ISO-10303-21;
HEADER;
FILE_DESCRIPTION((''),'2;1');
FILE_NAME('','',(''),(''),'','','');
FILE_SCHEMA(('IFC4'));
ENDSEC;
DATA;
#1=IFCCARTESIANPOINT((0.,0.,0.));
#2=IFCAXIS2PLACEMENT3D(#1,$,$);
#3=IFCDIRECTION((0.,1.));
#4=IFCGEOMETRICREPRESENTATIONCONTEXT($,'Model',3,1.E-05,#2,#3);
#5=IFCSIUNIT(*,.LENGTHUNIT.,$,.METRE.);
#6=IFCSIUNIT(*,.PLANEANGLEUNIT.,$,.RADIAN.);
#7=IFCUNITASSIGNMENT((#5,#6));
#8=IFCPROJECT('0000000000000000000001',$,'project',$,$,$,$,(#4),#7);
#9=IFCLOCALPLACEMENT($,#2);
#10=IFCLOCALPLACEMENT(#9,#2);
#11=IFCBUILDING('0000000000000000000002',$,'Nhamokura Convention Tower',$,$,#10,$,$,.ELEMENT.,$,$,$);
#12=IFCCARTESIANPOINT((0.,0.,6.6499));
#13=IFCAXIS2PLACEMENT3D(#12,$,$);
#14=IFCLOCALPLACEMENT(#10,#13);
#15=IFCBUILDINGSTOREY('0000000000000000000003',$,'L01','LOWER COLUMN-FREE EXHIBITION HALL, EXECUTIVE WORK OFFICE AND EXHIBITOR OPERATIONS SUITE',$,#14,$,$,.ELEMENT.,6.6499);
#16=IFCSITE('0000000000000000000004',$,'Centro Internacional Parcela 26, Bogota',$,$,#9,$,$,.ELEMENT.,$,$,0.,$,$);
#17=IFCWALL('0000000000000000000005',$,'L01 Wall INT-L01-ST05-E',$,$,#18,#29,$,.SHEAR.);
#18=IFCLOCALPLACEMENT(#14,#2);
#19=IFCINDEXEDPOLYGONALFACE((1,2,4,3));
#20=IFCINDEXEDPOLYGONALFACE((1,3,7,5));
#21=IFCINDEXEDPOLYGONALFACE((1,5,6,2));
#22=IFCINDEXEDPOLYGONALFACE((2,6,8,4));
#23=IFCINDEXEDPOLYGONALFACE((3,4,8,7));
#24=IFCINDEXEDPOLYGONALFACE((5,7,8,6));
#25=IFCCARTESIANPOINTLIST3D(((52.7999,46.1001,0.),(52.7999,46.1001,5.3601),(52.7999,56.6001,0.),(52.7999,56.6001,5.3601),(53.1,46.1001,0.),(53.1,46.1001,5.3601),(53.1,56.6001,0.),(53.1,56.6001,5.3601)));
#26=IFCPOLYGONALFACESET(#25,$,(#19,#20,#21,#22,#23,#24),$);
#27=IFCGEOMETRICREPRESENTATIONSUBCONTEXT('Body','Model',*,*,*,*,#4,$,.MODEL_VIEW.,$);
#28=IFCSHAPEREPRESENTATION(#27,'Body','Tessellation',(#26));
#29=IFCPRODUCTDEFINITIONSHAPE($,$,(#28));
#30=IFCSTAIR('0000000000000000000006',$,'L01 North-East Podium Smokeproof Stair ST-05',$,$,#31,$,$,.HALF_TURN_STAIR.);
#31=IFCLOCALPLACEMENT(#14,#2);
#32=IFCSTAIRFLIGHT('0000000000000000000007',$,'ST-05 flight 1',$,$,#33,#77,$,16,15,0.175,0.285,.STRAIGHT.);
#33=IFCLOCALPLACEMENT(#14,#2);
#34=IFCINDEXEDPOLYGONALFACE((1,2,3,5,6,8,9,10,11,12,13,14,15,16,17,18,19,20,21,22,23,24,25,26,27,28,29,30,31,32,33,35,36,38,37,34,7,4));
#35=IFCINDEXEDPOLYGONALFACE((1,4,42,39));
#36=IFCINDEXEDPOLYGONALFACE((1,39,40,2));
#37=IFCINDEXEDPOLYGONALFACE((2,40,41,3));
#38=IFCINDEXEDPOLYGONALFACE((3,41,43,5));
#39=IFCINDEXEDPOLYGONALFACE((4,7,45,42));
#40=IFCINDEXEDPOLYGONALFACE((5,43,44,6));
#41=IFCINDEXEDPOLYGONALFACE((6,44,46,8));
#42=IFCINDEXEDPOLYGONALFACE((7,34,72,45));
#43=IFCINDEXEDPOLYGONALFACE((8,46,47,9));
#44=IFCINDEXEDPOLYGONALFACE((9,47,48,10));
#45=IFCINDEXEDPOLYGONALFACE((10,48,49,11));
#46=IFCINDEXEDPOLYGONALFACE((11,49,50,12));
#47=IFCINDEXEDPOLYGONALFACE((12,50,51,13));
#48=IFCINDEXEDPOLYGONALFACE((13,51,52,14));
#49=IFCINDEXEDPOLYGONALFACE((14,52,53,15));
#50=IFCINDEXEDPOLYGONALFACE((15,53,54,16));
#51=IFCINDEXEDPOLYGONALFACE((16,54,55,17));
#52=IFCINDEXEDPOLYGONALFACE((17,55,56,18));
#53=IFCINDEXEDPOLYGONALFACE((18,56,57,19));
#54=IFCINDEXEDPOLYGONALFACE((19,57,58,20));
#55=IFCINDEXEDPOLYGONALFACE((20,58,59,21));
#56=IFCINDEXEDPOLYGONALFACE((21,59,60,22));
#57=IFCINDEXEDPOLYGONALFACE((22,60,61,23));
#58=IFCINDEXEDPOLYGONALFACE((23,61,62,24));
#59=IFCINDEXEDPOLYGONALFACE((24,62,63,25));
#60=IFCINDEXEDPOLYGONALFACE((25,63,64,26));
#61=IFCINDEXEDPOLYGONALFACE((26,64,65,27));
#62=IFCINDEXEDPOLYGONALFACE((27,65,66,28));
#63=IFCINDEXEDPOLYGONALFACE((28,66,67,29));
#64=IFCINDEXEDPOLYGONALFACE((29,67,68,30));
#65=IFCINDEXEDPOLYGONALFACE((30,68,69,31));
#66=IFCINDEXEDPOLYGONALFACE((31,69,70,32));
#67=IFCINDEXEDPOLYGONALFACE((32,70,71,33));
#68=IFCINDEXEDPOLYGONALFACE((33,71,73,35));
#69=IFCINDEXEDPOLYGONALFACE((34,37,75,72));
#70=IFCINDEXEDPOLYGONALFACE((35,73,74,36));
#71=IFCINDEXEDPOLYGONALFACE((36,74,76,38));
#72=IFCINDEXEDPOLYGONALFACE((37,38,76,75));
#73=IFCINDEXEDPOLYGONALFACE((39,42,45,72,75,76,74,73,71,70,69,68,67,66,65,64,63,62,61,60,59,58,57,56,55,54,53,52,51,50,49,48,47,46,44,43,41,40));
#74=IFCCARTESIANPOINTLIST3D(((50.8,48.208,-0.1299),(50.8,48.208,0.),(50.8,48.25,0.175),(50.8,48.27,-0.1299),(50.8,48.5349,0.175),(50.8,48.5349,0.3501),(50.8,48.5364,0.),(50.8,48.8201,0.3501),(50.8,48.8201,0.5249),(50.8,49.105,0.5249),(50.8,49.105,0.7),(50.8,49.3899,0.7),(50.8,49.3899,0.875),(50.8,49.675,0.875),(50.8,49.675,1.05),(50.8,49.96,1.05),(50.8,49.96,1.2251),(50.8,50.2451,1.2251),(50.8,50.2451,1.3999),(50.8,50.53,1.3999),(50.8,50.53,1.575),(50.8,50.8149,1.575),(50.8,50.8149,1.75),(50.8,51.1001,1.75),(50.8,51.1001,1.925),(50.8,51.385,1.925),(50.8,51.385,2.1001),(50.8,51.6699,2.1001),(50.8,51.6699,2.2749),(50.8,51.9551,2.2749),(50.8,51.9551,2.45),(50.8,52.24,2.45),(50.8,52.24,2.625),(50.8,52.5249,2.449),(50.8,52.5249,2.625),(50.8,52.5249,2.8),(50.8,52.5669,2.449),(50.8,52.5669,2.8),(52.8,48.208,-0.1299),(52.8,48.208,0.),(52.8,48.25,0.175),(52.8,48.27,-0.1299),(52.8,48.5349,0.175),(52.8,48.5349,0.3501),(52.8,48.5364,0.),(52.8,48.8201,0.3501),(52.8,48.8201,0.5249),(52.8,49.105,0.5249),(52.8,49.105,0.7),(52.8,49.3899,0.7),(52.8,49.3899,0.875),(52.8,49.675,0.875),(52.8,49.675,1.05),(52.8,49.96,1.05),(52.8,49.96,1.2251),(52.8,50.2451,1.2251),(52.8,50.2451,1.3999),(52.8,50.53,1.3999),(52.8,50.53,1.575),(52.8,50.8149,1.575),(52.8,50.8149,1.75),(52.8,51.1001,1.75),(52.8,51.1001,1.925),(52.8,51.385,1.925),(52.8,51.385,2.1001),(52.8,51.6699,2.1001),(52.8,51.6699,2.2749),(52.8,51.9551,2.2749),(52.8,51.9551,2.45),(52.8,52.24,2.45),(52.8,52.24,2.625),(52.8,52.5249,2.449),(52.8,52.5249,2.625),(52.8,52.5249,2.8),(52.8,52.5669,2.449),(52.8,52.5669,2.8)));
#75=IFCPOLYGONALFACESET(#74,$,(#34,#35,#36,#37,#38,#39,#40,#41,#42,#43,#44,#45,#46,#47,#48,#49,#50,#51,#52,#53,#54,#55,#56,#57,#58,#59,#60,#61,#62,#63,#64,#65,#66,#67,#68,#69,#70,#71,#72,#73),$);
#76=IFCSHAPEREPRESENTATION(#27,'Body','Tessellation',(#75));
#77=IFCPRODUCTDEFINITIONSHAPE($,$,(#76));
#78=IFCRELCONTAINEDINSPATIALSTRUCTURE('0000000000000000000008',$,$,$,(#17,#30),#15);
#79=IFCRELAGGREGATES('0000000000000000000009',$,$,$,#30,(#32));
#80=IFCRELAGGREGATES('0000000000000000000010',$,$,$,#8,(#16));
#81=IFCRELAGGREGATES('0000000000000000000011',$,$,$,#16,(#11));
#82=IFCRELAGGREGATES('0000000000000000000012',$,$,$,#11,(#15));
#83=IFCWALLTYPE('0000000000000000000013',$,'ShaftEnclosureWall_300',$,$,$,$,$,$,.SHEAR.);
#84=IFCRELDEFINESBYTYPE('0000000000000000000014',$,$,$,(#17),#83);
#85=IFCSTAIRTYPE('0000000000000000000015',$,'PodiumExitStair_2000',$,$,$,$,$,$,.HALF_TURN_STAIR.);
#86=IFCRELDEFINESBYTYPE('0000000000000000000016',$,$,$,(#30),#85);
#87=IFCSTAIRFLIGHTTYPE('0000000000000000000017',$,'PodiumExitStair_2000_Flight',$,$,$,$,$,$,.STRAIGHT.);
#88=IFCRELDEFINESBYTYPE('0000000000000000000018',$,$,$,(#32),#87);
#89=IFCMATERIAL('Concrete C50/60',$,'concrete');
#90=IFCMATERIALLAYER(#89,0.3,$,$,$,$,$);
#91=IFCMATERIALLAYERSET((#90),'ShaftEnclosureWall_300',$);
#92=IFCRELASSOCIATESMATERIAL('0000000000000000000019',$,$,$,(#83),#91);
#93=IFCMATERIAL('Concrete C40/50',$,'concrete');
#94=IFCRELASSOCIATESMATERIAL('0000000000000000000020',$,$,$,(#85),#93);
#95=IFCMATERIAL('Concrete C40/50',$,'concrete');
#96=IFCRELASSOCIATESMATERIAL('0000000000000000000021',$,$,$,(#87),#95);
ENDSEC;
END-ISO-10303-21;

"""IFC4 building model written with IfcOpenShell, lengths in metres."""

from ifc_helpers import new_model, si_unit, direction, frame, frame_2d, origin, place, context, subcontext, project, spatial, polyline, rectangle, outline, extrude, material, layer, layer_set, type_object, element, aggregate, save


model = new_model("IFC4")

# Units and contexts
model_context = context("Model", 3, precision=1e-05, world=origin(), true_north=direction((0.0, 1.0)))
body_context = subcontext(model_context, "Body", "Model", "MODEL_VIEW")
ifc_project = project(units=[si_unit("LENGTHUNIT", "METRE"), si_unit("PLANEANGLEUNIT", "RADIAN")], contexts=[model_context])

# Site, building, storey
site_placement = place(None, origin())
site = spatial("IfcSite", under=ifc_project, at=site_placement, Name="Centro Internacional Parcela 26, Bogota", CompositionType="ELEMENT", RefElevation=0.0)
building_placement = place(site_placement, origin())
building = spatial("IfcBuilding", under=site, at=building_placement, Name="Nhamokura Convention Tower", CompositionType="ELEMENT")
storey_placement = place(building_placement, frame((0.0, 0.0, 6.6499)))
storey = spatial("IfcBuildingStorey", under=building, at=storey_placement, Name="L01", Description="LOWER COLUMN-FREE EXHIBITION HALL, EXECUTIVE WORK OFFICE AND EXHIBITOR OPERATIONS SUITE", CompositionType="ELEMENT", Elevation=6.6499)

# Shared definitions
ifc_material_1 = material(Name="Concrete C50/60", Category="concrete")
ifc_layer_1 = layer(ifc_material_1, 0.3)
ifc_layer_set_1 = layer_set([ifc_layer_1], Name="ShaftEnclosureWall_300")
wall_type_1 = type_object("IfcWallType", Name="ShaftEnclosureWall_300", PredefinedType="SHEAR", material=ifc_layer_set_1)

# Wall
wall_1_placement = place(storey_placement, frame((52.95, 46.1001, 0.0), z_axis=(0.0, 0.0, 1.0), x_axis=(0.0, 1.0, 0.0)))
element("IfcWall", 1, at=wall_1_placement, inside=storey, type_object=wall_type_1, Name="L01 Wall INT-L01-ST05-E", PredefinedType="SHEAR", context=body_context, shape_type="SweptSolid", body=[
    extrude(rectangle(XDim=10.5, YDim=0.3, at=frame_2d((5.25, 0.0))), origin(), (0.0, 0.0, 1.0), 5.3601),
])

# Stair, stair flight
ifc_material_2 = material(Name="Concrete C40/50", Category="concrete")
stair_type = type_object("IfcStairType", Name="PodiumExitStair_2000", PredefinedType="HALF_TURN_STAIR", material=ifc_material_2)
stair_placement = place(storey_placement, origin())
stair = element("IfcStair", 2, at=stair_placement, inside=storey, type_object=stair_type, Name="L01 North-East Podium Smokeproof Stair ST-05", PredefinedType="HALF_TURN_STAIR")
ifc_material_3 = material(Name="Concrete C40/50", Category="concrete")
stair_flight_type = type_object("IfcStairFlightType", Name="PodiumExitStair_2000_Flight", PredefinedType="STRAIGHT", material=ifc_material_3)
stair_flight_placement = place(storey_placement, frame((51.8, 48.25, 0.0), z_axis=(0.0, 0.0, 1.0), x_axis=(0.0, 1.0, 0.0)))
stair_flight = element("IfcStairFlight", 3, at=stair_flight_placement, type_object=stair_flight_type, Name="ST-05 flight 1", NumberOfRisers=16, NumberOfTreads=15, PredefinedType="STRAIGHT", RiserHeight=0.175, TreadLength=0.285, context=body_context, shape_type="SweptSolid", body=[
    extrude(outline(polyline([(-0.042, 0.0), (0.0, 0.175), (0.2849, 0.175), (0.2849, 0.3501), (0.5701, 0.3501), (0.5701, 0.5249), (0.855, 0.5249), (0.855, 0.7), (1.1399, 0.7), (1.1399, 0.875), (1.425, 0.875), (1.425, 1.05), (1.71, 1.05), (1.71, 1.2251), (1.9951, 1.2251), (1.9951, 1.3999), (2.28, 1.3999), (2.28, 1.575), (2.5649, 1.575), (2.5649, 1.75), (2.8501, 1.75), (2.8501, 1.925), (3.135, 1.925), (3.135, 2.1001), (3.4199, 2.1001), (3.4199, 2.2749), (3.7051, 2.2749), (3.7051, 2.45), (3.99, 2.45), (3.99, 2.625), (4.2749, 2.625), (4.2749, 2.8), (4.3169, 2.8), (4.3169, 2.449), (4.2749, 2.449), (0.2864, 0.0), (0.02, -0.1299), (-0.042, -0.1299), (-0.042, 0.0)])), frame((0.0, 1.0, 0.0), z_axis=(0.0, -1.0, 0.0), x_axis=(1.0, 0.0, 0.0)), (0.0, 0.0, 1.0), 2.0),
])
aggregate(stair, [stair_flight])

save(model, "model.ifc")
